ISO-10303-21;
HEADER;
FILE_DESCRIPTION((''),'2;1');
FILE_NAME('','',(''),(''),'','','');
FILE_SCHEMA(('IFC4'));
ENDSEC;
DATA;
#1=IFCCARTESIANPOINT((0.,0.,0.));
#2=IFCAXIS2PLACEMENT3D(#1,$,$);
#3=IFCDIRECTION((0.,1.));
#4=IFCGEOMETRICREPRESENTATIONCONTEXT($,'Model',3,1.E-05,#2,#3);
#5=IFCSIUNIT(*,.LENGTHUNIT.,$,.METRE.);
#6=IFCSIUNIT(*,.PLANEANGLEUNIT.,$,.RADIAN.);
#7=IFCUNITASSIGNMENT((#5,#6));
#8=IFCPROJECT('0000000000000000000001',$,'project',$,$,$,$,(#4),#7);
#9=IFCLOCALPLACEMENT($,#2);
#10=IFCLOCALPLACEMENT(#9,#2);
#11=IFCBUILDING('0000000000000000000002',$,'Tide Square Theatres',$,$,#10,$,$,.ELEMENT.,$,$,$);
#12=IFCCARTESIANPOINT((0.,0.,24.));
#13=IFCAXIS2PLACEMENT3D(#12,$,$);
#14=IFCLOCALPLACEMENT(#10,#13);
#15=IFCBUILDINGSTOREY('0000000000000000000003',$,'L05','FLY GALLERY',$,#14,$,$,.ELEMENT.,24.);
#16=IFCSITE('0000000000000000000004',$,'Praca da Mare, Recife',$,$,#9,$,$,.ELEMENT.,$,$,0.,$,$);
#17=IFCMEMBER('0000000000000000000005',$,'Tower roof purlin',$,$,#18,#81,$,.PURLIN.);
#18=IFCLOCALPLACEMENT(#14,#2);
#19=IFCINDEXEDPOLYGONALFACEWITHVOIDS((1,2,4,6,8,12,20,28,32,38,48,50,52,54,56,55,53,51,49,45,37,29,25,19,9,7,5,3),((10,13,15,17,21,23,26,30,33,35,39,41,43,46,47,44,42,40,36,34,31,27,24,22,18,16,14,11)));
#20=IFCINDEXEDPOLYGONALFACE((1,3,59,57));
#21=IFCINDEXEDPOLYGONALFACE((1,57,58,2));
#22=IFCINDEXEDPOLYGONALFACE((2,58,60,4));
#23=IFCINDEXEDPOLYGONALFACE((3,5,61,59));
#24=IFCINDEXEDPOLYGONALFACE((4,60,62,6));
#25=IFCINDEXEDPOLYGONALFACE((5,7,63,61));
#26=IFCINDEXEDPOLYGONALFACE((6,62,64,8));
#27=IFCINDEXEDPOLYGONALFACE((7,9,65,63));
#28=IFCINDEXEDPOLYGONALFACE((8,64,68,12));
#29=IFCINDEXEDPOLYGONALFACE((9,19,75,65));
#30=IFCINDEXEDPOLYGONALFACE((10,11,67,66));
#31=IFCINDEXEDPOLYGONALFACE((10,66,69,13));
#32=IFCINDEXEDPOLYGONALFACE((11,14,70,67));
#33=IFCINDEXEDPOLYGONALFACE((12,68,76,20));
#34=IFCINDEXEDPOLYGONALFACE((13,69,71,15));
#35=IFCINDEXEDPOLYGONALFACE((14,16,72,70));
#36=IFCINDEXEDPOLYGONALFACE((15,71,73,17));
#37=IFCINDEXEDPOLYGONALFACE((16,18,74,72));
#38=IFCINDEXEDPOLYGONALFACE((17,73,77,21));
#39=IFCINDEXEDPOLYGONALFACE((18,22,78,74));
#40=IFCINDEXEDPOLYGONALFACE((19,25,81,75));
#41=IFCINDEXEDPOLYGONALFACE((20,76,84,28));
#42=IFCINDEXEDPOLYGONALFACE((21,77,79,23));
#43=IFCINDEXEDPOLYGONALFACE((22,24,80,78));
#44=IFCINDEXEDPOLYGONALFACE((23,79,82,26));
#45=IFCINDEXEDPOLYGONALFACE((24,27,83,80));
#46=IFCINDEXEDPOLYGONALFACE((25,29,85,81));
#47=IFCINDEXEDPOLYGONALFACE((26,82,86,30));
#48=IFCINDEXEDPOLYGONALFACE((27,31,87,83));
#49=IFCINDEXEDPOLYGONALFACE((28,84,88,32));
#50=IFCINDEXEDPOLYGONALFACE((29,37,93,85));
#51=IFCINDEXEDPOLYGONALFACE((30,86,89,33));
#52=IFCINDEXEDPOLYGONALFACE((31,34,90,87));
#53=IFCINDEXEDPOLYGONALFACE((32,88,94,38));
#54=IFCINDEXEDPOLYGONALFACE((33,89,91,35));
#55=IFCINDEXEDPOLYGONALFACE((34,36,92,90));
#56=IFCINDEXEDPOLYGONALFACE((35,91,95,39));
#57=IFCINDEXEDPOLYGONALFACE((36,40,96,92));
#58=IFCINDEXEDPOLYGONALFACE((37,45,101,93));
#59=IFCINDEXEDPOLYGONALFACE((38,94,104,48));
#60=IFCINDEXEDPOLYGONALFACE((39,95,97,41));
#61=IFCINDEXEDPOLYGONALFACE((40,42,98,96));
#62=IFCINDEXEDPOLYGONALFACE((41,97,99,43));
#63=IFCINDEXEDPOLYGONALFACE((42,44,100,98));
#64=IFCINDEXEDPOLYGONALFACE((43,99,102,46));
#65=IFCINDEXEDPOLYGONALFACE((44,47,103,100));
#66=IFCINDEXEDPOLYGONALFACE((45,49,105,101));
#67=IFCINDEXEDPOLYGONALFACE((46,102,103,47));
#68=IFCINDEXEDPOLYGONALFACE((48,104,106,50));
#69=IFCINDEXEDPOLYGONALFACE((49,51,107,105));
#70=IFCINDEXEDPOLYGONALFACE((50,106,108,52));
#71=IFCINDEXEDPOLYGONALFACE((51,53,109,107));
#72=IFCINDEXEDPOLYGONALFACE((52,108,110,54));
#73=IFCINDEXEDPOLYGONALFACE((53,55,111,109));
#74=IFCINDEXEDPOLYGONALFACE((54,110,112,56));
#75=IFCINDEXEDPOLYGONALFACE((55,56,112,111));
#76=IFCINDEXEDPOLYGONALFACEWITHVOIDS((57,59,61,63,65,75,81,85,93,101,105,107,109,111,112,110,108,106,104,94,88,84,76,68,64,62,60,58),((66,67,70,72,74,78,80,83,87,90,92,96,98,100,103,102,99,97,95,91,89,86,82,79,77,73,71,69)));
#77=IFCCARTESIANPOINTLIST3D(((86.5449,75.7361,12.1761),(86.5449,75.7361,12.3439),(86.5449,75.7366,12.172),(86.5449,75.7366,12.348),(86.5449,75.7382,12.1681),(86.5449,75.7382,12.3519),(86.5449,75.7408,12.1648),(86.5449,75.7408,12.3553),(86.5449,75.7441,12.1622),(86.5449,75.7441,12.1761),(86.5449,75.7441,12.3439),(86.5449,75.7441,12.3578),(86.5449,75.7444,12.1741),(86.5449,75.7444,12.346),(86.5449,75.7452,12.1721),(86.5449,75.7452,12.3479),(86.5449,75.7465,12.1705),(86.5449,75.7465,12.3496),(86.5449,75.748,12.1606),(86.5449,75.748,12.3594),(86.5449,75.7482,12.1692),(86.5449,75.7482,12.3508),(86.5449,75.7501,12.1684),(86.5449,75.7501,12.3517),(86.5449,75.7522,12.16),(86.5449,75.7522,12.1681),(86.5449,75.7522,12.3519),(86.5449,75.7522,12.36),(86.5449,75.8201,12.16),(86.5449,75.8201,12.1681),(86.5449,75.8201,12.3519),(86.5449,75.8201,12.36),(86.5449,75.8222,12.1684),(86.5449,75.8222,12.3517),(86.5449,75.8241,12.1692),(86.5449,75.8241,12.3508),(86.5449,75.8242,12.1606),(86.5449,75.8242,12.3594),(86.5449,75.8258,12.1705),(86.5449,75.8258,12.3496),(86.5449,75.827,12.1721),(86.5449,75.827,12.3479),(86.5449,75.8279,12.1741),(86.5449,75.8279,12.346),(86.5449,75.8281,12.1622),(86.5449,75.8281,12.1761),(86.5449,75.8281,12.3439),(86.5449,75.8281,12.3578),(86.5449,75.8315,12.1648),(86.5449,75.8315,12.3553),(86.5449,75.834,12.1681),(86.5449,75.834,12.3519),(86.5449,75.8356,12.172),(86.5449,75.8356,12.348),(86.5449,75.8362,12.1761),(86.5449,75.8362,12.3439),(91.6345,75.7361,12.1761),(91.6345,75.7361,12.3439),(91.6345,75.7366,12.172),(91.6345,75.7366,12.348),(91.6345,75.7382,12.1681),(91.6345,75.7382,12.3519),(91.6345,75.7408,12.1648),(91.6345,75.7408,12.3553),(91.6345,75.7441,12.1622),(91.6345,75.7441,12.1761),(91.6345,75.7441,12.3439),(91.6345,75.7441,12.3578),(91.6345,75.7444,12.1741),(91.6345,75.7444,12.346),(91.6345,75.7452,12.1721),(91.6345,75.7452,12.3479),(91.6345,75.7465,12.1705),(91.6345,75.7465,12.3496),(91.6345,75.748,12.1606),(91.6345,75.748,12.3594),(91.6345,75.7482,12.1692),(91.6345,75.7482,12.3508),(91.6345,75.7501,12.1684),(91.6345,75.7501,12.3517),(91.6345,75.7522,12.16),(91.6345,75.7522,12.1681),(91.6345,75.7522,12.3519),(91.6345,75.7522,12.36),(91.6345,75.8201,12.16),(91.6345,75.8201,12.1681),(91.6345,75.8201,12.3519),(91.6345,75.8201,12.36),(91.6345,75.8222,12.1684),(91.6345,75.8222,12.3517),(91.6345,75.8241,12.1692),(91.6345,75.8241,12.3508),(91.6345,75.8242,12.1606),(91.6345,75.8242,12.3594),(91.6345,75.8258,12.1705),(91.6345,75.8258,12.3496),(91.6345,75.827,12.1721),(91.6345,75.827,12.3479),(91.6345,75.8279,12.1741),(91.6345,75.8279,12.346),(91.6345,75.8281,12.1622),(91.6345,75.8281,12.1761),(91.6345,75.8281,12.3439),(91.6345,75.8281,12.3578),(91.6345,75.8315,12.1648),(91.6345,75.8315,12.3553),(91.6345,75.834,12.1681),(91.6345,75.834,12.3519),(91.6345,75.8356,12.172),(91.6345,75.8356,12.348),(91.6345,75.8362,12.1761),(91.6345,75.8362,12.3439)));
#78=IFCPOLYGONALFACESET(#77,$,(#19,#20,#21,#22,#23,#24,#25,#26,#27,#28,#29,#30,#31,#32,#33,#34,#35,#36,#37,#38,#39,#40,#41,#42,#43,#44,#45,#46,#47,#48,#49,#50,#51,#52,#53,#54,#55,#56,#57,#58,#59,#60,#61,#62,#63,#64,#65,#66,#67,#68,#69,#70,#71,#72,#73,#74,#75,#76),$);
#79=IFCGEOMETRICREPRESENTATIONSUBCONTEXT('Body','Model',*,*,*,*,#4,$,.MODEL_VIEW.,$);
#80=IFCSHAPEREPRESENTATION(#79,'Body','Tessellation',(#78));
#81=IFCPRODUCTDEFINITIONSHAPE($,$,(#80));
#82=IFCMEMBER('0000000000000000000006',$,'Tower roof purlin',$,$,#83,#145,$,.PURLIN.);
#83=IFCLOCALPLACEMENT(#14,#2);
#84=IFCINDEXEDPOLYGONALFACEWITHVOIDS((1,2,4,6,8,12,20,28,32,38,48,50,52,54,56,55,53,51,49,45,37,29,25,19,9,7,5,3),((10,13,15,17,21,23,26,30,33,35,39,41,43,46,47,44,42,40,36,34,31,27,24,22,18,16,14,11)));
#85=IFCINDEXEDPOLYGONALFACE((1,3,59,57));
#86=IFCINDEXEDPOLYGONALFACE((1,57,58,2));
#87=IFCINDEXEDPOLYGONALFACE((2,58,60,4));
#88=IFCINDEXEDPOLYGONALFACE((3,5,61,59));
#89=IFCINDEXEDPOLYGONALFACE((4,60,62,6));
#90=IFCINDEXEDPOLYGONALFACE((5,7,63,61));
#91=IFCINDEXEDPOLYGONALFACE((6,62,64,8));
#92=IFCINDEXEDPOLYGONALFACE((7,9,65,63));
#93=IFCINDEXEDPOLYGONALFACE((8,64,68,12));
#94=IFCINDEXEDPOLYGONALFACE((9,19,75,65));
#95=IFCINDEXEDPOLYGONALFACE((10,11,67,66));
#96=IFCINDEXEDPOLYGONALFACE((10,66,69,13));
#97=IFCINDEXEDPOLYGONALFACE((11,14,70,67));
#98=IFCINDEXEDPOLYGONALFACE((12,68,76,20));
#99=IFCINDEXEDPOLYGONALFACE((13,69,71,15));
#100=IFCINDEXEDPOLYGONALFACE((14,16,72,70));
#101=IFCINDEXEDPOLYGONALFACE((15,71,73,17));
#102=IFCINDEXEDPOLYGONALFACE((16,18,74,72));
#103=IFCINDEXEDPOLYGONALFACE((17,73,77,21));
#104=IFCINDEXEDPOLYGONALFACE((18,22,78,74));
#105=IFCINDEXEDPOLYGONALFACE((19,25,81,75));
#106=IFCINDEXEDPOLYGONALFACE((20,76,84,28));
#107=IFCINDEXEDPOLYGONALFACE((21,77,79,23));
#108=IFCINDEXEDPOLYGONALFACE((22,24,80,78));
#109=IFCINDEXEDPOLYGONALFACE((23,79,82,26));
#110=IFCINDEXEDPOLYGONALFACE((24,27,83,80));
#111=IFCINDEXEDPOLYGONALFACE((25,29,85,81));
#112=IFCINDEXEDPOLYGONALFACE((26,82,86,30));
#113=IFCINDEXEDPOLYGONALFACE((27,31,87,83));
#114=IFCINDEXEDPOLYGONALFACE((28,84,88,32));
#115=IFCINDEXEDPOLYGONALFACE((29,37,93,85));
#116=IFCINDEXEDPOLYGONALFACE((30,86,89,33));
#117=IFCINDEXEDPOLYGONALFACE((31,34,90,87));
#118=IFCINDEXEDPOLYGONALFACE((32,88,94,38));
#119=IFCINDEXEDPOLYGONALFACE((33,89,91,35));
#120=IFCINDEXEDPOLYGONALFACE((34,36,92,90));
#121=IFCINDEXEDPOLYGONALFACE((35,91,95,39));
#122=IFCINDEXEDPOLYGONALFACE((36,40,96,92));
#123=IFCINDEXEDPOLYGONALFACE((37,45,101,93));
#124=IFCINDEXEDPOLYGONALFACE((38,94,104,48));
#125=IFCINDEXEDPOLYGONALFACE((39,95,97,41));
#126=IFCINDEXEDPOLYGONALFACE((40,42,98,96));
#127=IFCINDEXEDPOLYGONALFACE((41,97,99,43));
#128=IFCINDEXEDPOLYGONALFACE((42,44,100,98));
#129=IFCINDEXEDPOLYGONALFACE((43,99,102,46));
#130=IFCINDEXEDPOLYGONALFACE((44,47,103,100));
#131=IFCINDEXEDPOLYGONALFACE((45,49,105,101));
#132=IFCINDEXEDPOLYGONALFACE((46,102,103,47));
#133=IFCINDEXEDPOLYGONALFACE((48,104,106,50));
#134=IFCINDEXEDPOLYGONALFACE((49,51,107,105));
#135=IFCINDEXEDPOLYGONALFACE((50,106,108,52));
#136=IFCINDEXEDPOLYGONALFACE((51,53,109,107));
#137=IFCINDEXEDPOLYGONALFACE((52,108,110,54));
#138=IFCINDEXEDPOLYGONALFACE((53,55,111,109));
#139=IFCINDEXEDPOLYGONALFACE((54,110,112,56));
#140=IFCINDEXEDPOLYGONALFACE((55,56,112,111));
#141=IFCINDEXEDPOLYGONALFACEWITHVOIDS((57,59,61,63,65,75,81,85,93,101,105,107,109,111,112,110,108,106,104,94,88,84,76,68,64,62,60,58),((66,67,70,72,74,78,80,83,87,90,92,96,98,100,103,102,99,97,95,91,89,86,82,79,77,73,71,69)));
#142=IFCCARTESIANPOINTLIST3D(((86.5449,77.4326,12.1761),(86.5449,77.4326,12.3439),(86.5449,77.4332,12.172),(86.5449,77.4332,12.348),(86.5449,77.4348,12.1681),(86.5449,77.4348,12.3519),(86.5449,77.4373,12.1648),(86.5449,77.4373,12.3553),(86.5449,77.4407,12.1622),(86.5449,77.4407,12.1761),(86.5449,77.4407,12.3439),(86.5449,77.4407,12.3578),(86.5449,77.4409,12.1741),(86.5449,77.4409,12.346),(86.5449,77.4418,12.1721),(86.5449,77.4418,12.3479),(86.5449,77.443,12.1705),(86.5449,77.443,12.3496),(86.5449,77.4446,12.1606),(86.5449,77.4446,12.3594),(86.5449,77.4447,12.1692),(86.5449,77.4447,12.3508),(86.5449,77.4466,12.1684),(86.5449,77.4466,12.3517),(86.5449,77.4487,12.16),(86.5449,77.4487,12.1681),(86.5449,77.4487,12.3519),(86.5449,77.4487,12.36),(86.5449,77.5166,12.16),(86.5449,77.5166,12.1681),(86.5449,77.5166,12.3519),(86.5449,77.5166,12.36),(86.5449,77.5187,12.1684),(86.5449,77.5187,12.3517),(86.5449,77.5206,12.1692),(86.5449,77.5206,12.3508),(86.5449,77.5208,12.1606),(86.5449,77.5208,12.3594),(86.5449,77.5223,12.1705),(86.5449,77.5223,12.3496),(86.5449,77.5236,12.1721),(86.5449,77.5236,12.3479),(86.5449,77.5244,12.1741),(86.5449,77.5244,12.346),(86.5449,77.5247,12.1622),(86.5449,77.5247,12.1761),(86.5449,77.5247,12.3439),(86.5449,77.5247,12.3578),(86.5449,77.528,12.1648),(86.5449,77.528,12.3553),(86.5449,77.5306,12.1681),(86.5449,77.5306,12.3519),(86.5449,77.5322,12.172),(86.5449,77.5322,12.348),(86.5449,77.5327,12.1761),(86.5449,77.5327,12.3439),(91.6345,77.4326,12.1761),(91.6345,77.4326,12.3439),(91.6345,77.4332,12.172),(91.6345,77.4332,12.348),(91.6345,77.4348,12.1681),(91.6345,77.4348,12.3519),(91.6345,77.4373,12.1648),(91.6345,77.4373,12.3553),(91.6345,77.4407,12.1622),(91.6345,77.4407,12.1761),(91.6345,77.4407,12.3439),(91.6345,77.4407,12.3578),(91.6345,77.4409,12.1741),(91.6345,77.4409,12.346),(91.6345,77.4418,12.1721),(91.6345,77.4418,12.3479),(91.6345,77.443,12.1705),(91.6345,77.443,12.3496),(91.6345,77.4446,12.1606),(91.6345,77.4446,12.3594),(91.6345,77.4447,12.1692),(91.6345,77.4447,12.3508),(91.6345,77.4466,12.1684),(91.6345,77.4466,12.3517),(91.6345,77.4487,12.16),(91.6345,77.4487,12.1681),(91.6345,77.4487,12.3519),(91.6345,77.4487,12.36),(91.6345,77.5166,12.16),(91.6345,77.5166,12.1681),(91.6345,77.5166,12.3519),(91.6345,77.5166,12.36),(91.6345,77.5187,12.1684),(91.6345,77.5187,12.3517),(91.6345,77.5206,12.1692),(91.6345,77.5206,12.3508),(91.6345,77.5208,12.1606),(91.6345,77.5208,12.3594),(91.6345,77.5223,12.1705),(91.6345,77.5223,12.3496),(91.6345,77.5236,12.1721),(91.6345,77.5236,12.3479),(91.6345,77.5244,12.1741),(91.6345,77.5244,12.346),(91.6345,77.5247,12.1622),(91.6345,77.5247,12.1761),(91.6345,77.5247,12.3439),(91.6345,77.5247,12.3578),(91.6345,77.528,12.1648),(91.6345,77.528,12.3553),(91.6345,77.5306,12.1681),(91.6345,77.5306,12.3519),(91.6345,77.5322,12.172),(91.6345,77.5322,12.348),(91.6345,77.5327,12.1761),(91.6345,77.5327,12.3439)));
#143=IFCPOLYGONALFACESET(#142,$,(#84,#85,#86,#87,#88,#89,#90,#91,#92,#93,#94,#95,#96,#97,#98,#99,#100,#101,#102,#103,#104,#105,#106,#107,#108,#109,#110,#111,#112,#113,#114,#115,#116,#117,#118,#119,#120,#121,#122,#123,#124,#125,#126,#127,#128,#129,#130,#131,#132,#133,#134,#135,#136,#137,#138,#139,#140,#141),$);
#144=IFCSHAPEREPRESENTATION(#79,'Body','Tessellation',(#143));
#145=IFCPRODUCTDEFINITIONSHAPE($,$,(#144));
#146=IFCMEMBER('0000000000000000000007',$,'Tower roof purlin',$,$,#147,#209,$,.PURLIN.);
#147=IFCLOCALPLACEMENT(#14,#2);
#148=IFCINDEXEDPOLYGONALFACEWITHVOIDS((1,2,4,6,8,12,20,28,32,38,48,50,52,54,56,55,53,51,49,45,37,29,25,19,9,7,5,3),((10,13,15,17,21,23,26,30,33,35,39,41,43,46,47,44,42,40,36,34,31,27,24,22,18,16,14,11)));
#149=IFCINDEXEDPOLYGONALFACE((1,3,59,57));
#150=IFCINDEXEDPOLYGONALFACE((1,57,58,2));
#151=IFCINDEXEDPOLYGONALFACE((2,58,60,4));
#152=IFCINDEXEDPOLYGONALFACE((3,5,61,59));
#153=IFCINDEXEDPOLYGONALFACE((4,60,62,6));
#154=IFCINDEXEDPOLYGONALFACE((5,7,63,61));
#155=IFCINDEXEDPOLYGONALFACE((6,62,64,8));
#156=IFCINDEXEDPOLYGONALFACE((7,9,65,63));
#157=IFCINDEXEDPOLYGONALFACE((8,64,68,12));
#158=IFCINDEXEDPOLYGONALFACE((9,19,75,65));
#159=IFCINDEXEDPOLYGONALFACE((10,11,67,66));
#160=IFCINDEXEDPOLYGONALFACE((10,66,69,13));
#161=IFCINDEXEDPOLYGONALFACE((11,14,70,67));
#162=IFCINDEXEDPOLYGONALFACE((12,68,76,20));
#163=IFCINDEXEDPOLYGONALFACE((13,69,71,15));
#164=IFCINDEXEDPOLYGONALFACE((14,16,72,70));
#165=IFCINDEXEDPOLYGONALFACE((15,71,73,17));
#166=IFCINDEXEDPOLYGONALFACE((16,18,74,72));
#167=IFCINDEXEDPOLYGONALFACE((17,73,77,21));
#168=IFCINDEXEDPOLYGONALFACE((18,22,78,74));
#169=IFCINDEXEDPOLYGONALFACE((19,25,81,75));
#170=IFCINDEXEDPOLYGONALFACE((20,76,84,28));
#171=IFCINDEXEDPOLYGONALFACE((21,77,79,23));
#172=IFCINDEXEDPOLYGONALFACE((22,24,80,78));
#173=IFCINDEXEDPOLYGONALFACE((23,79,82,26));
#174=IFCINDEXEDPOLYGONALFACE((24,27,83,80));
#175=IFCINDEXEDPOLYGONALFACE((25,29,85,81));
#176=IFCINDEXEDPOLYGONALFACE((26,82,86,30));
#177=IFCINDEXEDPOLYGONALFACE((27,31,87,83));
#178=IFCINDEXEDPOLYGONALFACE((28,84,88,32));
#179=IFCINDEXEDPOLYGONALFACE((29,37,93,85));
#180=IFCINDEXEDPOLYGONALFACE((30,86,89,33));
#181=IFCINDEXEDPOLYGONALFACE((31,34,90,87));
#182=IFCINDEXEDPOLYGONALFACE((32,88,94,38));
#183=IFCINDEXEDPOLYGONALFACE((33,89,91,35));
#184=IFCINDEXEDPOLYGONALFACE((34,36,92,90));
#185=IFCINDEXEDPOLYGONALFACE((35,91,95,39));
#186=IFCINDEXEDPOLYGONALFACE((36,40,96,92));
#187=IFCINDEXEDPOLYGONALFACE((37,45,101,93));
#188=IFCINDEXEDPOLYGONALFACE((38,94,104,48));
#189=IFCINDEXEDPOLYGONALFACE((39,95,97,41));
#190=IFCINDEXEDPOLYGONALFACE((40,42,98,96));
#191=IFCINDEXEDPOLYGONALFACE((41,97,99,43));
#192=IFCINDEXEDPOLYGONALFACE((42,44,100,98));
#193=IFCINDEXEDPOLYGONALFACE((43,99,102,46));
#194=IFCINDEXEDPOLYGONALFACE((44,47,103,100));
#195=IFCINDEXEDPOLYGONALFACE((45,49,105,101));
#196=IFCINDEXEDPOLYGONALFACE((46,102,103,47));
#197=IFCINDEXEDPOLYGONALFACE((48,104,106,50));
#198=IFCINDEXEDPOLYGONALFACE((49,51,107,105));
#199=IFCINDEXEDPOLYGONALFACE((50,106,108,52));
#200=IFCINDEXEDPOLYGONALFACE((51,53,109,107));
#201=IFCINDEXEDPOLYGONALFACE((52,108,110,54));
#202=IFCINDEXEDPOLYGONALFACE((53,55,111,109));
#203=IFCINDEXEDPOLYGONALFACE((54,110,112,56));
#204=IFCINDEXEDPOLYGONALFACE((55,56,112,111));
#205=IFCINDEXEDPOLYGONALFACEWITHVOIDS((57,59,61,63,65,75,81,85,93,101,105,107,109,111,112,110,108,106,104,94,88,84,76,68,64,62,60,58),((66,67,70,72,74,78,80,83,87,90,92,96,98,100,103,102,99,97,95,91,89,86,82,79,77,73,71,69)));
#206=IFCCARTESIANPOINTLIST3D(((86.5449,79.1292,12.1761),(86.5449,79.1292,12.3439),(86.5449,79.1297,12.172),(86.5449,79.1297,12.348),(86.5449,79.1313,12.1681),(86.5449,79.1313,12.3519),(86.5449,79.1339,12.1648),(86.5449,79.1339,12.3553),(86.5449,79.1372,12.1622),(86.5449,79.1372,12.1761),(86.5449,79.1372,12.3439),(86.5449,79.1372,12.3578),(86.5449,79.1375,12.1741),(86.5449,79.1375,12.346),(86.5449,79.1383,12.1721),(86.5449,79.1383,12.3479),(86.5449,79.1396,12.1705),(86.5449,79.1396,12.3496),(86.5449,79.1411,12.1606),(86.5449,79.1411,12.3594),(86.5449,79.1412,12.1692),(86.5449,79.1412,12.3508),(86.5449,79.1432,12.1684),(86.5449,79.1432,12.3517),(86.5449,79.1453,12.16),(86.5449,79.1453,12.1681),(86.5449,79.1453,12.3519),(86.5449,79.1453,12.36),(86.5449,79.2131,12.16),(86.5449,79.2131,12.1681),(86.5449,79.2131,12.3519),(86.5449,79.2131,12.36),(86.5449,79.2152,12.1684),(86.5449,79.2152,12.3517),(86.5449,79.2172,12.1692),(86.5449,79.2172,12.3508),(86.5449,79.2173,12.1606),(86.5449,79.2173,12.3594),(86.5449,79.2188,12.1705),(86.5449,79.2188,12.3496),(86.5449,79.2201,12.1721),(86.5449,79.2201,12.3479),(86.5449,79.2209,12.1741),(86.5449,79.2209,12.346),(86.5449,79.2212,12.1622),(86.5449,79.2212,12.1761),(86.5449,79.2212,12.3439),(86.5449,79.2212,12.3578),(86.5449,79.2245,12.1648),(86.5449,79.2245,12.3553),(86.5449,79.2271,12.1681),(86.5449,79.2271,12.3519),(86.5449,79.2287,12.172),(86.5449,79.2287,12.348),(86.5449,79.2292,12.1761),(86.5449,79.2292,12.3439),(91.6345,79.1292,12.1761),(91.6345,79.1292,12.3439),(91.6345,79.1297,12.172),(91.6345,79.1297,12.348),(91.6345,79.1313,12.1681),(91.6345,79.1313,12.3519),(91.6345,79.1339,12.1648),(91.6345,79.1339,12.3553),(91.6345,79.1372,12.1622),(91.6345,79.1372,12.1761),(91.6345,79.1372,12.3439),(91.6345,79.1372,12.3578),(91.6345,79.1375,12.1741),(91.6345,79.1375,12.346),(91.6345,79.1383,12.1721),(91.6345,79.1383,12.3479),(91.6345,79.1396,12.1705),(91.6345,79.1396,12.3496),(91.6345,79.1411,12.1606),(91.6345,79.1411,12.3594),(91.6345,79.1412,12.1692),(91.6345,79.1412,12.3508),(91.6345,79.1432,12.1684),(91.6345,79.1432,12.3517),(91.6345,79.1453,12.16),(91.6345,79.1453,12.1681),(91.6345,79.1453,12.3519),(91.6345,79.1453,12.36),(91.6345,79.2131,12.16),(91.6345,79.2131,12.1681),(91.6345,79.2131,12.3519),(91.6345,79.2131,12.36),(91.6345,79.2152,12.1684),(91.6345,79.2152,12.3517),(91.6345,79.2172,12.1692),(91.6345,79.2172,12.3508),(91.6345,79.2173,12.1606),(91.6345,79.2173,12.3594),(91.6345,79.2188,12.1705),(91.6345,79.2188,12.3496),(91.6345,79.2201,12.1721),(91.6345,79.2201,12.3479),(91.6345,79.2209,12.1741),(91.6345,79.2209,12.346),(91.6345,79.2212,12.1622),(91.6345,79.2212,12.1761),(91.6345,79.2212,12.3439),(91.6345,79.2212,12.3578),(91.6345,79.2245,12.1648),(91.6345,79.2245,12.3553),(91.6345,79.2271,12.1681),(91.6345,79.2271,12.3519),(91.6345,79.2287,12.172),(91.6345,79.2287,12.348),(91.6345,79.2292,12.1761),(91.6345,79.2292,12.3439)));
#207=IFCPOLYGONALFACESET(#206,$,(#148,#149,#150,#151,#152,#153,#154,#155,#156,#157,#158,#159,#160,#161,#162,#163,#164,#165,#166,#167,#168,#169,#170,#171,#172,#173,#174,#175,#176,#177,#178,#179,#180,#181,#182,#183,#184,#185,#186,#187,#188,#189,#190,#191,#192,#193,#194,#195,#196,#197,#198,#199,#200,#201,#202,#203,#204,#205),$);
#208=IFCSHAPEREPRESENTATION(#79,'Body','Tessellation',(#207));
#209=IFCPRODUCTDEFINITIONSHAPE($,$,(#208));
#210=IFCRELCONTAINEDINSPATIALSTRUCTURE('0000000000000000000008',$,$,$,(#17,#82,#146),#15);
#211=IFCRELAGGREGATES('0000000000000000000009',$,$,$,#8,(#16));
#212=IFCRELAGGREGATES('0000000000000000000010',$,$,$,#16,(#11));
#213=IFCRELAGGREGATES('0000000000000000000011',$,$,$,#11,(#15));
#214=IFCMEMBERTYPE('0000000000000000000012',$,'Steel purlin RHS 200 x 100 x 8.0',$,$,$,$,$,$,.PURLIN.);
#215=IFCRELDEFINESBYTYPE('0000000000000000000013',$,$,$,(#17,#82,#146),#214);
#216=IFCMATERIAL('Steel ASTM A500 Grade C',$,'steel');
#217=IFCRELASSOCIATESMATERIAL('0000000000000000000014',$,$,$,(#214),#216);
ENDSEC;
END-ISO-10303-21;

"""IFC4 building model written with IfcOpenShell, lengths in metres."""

from ifc_helpers import new_model, si_unit, direction, frame, origin, origin_2d, place, context, subcontext, project, spatial, hollow_rectangle, extrude, material, material_profile, profile_set, type_object, element, save


model = new_model("IFC4")

# Units and contexts
model_context = context("Model", 3, precision=1e-05, world=origin(), true_north=direction((0.0, 1.0)))
body_context = subcontext(model_context, "Body", "Model", "MODEL_VIEW")
ifc_project = project(units=[si_unit("LENGTHUNIT", "METRE"), si_unit("PLANEANGLEUNIT", "RADIAN")], contexts=[model_context])

# Site, building, storey
site_placement = place(None, origin())
site = spatial("IfcSite", under=ifc_project, at=site_placement, Name="Praca da Mare, Recife", CompositionType="ELEMENT", RefElevation=0.0)
building_placement = place(site_placement, origin())
building = spatial("IfcBuilding", under=site, at=building_placement, Name="Tide Square Theatres", CompositionType="ELEMENT")
storey_placement = place(building_placement, frame((0.0, 0.0, 24.0)))
storey = spatial("IfcBuildingStorey", under=building, at=storey_placement, Name="L05", Description="FLY GALLERY", CompositionType="ELEMENT", Elevation=24.0)

# Members
ifc_material_1 = material(Name="Steel ASTM A500 Grade C", Category="steel")
ifc_material_profile_1 = material_profile(ifc_material_1, hollow_rectangle(XDim=0.1001, YDim=0.2, WallThickness=0.0081, InnerFilletRadius=0.0081, OuterFilletRadius=0.0161, at=origin_2d()))
ifc_profile_set_1 = profile_set([ifc_material_profile_1], Name="Steel ASTM A500 Grade C")
member_type_1 = type_object("IfcMemberType", Name="Steel purlin RHS 200 x 100 x 8.0", PredefinedType="PURLIN", material=ifc_profile_set_1)
for number, where, z_axis, x_axis, name in (
    (1, (86.5449, 75.7861, 12.26), (1.0, 0.0, 0.0), (0.0, 1.0, 0.0), "Tower roof purlin"),
    (2, (86.5449, 77.4827, 12.26), (1.0, 0.0, 0.0), (0.0, 1.0, 0.0), "Tower roof purlin"),
    (3, (86.5449, 79.1792, 12.26), (1.0, 0.0, 0.0), (0.0, 1.0, 0.0), "Tower roof purlin"),
):
    element("IfcMember", number, at=place(storey_placement, frame(where, z_axis=z_axis, x_axis=x_axis)), inside=storey, type_object=member_type_1, Name=name, PredefinedType="PURLIN", context=body_context, shape_type="SweptSolid", body=[
        extrude(hollow_rectangle(XDim=0.1001, YDim=0.2, WallThickness=0.0081, InnerFilletRadius=0.0081, OuterFilletRadius=0.0161, at=origin_2d()), origin(), (0.0, 0.0, 1.0), 5.0896),
    ])

save(model, "model.ifc")
